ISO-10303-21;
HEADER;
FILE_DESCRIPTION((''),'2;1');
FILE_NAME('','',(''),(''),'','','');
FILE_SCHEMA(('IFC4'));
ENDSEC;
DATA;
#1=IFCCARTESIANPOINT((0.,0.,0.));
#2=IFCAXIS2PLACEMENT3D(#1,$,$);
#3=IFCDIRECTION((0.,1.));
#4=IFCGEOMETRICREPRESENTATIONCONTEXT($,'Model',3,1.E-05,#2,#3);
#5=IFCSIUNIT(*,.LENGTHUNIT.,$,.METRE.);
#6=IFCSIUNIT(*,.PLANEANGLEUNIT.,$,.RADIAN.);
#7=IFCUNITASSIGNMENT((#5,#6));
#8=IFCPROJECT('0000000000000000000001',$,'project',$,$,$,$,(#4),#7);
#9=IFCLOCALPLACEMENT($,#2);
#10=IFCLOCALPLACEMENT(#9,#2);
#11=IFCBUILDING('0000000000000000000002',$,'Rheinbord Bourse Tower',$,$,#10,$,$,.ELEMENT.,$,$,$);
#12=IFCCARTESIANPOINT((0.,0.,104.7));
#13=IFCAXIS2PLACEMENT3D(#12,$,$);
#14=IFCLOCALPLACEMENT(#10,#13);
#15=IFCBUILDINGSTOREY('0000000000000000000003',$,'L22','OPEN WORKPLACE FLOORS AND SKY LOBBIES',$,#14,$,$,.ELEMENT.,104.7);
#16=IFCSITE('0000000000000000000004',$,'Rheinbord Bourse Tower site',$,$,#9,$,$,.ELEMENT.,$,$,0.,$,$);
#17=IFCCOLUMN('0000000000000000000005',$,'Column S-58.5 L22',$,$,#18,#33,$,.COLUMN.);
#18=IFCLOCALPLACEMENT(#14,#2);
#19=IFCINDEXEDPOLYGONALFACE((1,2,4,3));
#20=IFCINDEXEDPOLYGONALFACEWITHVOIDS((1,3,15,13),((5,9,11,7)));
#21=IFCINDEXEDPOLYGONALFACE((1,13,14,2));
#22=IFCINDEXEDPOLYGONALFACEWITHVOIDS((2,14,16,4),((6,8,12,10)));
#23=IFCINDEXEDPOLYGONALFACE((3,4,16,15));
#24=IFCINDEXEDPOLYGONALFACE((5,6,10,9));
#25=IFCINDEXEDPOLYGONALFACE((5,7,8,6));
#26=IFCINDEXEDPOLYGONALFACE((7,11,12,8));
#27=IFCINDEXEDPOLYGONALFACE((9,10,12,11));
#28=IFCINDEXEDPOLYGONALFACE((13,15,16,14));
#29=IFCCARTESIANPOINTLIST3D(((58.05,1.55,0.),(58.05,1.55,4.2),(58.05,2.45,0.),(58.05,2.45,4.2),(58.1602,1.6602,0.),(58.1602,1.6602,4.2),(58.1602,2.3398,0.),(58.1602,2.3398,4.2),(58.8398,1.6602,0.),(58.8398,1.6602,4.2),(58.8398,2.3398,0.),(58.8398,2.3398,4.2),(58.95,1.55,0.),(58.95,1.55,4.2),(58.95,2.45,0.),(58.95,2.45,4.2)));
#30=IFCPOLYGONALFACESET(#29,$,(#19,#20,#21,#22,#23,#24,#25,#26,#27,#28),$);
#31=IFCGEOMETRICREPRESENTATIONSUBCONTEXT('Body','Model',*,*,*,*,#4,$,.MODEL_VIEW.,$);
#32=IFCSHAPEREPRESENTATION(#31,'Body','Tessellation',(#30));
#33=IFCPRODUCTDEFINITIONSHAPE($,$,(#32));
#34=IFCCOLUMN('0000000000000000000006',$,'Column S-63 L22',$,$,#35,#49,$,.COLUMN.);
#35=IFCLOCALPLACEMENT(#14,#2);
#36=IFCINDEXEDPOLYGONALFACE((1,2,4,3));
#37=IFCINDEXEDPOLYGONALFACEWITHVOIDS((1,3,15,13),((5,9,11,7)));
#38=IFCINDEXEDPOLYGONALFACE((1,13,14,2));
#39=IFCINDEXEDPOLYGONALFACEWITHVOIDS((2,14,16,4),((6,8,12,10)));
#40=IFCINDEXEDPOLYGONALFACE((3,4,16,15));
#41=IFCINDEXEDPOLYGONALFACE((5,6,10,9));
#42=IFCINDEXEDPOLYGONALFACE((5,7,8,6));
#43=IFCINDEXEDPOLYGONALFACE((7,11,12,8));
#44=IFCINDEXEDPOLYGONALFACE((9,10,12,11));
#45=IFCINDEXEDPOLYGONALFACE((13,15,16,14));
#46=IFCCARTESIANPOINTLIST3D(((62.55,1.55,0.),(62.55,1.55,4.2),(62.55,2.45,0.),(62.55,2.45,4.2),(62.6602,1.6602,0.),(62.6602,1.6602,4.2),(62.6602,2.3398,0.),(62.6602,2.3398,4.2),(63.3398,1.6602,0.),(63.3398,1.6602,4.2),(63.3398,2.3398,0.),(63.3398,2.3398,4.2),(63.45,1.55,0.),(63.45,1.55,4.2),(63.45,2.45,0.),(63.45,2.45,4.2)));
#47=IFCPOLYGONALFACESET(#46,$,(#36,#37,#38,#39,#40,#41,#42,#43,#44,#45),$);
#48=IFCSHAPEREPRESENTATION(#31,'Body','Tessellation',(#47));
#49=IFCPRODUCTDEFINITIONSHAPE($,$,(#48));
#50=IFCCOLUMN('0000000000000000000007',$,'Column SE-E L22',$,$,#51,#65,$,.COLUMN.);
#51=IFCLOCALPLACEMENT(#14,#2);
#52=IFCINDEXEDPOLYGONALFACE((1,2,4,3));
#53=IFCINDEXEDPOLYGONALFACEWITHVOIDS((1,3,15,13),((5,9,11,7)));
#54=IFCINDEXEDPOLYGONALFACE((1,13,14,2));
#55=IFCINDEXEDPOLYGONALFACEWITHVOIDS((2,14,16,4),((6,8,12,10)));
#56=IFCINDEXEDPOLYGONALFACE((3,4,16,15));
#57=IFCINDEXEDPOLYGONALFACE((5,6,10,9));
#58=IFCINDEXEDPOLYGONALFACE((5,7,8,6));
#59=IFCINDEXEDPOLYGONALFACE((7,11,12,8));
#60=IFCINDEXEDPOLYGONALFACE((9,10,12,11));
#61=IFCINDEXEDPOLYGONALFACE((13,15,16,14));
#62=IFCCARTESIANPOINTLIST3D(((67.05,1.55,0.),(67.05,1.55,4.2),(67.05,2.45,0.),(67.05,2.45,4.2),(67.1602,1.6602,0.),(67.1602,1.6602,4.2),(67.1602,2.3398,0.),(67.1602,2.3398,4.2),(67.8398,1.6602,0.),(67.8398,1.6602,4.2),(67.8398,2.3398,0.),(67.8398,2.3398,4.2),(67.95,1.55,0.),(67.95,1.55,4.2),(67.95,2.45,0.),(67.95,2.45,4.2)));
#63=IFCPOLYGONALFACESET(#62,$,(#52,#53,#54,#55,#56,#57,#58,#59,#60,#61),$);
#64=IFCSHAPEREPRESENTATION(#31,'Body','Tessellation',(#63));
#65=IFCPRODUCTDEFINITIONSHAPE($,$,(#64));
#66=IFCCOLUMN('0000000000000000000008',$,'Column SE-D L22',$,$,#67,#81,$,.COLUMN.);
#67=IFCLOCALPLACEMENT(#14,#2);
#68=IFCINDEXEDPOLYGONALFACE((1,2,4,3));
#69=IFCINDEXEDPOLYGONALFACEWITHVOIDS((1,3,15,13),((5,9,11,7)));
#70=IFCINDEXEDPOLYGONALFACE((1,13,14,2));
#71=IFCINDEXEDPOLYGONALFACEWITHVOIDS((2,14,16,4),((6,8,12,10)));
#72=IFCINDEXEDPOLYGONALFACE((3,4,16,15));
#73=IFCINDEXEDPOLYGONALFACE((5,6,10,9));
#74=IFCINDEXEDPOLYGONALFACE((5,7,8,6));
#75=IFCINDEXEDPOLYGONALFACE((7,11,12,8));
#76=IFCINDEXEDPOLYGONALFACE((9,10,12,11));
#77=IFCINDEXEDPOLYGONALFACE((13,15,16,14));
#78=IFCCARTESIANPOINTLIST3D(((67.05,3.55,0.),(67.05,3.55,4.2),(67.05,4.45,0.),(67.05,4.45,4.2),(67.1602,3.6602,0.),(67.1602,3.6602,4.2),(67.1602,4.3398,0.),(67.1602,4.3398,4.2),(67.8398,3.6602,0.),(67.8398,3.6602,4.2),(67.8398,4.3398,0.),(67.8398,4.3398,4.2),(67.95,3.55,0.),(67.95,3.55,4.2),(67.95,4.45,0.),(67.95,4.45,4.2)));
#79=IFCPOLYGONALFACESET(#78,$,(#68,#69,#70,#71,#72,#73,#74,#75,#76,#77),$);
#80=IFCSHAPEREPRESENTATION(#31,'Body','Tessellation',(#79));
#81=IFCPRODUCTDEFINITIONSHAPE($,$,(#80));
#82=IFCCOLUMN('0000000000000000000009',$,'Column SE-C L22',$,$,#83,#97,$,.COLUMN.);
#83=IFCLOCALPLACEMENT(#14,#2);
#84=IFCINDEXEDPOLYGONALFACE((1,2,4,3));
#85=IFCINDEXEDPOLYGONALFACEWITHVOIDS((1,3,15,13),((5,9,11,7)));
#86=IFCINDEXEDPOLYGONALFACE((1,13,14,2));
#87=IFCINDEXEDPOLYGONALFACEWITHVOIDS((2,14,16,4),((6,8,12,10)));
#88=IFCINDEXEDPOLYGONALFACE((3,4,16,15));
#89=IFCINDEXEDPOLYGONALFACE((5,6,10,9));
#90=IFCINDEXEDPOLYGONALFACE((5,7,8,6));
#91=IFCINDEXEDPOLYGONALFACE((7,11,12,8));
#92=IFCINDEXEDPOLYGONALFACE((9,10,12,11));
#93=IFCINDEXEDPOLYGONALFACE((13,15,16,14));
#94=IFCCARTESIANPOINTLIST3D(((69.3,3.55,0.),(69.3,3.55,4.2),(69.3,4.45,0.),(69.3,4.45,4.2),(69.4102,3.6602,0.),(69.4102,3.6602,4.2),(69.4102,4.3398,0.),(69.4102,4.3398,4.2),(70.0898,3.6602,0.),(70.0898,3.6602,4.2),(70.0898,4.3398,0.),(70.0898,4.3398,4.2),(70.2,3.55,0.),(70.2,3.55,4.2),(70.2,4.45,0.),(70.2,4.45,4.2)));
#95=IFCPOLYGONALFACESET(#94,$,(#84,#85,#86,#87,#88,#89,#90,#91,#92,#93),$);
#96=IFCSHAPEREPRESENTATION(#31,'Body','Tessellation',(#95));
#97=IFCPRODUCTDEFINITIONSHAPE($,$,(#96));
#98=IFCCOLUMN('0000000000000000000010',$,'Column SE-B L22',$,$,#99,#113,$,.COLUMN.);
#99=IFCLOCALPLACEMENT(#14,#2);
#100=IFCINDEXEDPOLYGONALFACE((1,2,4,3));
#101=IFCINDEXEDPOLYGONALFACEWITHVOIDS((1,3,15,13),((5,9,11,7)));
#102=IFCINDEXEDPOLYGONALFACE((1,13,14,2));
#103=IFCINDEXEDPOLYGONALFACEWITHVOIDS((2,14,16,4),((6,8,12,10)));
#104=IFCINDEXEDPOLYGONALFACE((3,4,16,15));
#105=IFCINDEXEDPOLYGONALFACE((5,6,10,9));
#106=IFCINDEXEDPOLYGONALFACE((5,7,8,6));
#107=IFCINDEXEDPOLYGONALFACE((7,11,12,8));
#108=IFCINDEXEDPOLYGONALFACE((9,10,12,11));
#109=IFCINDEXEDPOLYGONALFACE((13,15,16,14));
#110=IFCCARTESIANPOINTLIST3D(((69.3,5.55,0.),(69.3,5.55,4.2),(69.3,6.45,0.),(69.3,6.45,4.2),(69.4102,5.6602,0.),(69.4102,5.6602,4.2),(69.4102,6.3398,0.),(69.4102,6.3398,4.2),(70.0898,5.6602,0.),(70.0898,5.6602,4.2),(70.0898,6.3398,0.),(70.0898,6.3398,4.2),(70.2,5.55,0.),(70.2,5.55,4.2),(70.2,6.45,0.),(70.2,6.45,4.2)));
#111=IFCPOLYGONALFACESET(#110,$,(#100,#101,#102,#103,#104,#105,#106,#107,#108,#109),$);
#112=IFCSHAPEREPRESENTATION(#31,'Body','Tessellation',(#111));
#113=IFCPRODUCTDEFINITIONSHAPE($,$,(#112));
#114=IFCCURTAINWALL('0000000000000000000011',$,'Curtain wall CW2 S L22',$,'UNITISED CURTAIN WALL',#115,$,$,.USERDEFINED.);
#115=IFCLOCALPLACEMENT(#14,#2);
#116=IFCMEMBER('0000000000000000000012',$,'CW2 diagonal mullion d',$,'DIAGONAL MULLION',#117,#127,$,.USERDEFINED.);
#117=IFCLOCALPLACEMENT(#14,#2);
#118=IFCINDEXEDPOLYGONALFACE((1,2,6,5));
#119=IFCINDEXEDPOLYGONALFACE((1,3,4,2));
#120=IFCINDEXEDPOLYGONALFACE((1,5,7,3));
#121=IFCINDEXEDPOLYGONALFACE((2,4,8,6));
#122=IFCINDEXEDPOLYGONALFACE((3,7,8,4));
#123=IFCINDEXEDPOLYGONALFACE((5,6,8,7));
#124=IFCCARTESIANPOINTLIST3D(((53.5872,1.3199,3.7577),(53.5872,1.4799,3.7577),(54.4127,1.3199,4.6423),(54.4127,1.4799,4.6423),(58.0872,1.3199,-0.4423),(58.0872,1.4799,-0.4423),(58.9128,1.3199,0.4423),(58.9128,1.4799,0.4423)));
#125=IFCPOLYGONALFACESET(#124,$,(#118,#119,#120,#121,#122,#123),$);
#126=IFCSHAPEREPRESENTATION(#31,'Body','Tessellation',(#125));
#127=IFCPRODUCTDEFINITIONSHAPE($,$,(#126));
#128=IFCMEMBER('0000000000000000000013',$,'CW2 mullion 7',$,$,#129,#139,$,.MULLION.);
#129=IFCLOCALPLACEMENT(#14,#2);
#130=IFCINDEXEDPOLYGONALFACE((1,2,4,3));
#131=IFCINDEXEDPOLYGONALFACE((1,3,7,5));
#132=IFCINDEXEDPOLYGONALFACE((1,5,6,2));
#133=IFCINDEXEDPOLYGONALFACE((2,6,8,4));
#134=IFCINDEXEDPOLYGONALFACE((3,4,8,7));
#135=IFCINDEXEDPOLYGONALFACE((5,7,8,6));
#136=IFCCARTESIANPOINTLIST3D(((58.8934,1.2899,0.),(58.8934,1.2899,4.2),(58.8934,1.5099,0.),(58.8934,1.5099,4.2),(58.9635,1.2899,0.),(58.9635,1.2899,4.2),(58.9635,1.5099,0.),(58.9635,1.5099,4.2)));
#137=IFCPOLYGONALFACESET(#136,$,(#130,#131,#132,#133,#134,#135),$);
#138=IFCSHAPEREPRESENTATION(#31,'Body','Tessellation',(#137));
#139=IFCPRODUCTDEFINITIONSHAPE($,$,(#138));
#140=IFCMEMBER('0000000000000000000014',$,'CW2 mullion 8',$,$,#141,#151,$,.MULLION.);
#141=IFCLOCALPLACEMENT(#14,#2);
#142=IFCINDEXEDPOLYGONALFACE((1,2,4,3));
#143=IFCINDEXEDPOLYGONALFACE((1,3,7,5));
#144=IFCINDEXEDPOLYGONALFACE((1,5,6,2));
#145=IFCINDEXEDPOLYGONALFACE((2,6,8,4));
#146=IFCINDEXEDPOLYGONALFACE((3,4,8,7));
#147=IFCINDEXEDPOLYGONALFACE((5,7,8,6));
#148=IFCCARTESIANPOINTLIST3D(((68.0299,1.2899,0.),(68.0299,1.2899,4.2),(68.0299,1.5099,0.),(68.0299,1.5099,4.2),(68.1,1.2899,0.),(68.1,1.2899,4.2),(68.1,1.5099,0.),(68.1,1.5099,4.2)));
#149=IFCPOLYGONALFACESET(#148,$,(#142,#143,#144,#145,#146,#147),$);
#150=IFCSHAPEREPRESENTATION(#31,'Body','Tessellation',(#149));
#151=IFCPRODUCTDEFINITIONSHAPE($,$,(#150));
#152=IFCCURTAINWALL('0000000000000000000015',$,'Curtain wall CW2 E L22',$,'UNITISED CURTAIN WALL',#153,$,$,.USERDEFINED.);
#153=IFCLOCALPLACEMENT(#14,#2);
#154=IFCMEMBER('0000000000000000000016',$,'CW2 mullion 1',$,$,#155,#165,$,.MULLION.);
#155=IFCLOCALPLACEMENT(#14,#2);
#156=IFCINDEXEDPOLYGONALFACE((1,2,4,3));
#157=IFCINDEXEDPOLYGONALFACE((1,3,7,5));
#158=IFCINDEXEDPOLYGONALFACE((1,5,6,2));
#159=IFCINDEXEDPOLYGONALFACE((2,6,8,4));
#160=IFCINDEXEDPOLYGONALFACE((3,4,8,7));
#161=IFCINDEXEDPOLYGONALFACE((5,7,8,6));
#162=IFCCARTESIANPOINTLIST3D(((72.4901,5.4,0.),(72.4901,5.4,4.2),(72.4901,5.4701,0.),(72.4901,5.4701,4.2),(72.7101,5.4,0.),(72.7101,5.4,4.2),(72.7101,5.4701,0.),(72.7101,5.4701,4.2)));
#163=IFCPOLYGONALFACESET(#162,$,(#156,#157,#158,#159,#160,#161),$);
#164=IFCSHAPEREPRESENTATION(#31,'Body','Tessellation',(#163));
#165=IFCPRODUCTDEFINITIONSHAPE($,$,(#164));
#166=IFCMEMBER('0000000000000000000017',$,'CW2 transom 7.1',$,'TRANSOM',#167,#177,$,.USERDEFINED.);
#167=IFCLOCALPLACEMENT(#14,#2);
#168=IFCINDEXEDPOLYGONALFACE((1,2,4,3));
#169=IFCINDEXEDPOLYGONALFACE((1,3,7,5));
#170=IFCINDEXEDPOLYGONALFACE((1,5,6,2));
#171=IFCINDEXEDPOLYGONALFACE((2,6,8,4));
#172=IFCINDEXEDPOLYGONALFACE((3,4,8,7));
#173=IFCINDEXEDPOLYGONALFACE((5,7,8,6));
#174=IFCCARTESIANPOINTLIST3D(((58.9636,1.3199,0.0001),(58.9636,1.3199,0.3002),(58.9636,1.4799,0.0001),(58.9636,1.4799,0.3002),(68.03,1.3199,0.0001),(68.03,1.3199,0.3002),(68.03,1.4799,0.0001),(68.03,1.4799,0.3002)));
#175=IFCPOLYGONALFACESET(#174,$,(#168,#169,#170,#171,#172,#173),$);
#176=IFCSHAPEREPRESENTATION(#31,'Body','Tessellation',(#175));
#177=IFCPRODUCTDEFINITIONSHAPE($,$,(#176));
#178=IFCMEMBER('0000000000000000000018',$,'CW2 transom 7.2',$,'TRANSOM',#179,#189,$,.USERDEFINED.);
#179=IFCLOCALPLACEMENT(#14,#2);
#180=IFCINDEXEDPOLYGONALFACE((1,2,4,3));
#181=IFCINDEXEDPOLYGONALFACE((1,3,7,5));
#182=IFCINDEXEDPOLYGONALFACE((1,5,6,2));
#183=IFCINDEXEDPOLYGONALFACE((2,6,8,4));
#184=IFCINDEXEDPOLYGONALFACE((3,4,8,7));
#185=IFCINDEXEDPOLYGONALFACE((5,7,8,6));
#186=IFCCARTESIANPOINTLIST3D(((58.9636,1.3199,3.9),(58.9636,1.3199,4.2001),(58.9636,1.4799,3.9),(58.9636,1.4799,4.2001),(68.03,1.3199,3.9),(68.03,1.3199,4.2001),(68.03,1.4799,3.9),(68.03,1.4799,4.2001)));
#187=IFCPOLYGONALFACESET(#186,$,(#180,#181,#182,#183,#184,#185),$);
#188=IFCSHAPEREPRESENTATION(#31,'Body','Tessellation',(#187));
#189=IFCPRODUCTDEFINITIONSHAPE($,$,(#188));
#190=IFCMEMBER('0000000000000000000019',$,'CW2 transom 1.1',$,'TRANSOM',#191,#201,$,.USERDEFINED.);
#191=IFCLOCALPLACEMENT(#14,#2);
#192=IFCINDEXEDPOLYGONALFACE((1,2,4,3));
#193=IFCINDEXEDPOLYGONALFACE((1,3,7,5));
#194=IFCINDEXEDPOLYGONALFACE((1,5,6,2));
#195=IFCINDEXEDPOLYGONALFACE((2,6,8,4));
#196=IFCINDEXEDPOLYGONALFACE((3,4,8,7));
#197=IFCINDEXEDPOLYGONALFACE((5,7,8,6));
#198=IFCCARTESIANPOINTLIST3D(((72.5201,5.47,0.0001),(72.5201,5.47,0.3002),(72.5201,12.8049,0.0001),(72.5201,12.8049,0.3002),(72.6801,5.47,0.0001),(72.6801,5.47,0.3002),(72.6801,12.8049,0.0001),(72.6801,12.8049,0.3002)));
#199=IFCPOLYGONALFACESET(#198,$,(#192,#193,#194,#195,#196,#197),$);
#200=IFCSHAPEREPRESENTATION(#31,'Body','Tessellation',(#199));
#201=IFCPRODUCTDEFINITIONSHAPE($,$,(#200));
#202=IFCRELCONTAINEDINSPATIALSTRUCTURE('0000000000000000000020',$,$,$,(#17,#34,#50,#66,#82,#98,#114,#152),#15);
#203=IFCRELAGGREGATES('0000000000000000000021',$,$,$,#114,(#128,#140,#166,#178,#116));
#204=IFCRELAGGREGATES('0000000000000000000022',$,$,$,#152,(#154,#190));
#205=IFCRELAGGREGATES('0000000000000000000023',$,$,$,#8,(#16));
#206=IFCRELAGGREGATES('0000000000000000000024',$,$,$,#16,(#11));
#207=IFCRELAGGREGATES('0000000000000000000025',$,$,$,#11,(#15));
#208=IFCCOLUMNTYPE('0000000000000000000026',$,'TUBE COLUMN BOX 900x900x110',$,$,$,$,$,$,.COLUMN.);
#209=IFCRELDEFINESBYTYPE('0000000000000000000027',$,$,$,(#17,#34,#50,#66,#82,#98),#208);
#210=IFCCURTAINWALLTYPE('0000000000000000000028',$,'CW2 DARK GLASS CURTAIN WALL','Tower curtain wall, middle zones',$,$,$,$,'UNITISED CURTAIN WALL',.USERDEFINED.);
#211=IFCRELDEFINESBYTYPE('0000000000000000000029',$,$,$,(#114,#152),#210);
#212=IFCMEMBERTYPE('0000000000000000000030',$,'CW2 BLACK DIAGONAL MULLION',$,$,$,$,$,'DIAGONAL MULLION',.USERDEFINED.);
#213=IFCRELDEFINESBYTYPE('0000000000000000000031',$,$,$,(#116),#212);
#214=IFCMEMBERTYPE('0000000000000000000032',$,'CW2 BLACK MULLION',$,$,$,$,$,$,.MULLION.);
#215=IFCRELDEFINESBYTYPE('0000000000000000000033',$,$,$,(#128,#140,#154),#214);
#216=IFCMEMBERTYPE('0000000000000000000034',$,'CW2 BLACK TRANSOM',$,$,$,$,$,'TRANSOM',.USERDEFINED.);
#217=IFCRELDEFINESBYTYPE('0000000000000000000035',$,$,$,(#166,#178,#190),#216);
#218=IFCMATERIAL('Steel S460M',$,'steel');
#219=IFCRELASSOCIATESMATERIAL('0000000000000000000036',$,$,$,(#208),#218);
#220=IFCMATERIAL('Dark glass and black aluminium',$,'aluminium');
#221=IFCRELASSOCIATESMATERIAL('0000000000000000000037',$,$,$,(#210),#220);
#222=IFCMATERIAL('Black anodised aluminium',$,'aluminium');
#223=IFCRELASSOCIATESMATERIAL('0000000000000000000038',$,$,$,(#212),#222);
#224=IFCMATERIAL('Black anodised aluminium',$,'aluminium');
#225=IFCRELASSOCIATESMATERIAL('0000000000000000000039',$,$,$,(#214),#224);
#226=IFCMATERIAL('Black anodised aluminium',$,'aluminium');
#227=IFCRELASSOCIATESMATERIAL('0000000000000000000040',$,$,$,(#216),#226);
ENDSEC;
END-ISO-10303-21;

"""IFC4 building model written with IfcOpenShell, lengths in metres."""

from ifc_helpers import new_model, si_unit, direction, frame, origin, origin_2d, place, context, subcontext, project, spatial, rectangle, hollow_rectangle, extrude, material, material_profile, profile_set, type_object, element, aggregate, save


model = new_model("IFC4")

# Units and contexts
model_context = context("Model", 3, precision=1e-05, world=origin(), true_north=direction((0.0, 1.0)))
body_context = subcontext(model_context, "Body", "Model", "MODEL_VIEW")
ifc_project = project(units=[si_unit("LENGTHUNIT", "METRE"), si_unit("PLANEANGLEUNIT", "RADIAN")], contexts=[model_context])

# Site, building, storey
site_placement = place(None, origin())
site = spatial("IfcSite", under=ifc_project, at=site_placement, Name="Rheinbord Bourse Tower site", CompositionType="ELEMENT", RefElevation=0.0)
building_placement = place(site_placement, origin())
building = spatial("IfcBuilding", under=site, at=building_placement, Name="Rheinbord Bourse Tower", CompositionType="ELEMENT")
storey_placement = place(building_placement, frame((0.0, 0.0, 104.7)))
storey = spatial("IfcBuildingStorey", under=building, at=storey_placement, Name="L22", Description="OPEN WORKPLACE FLOORS AND SKY LOBBIES", CompositionType="ELEMENT", Elevation=104.7)

# Columns
ifc_material_1 = material(Name="Steel S460M", Category="steel")
ifc_material_profile_1 = material_profile(ifc_material_1, hollow_rectangle(XDim=0.8999, YDim=0.8999, WallThickness=0.1101, at=origin_2d()), Name="BOX 900x900x110")
ifc_profile_set_1 = profile_set([ifc_material_profile_1], Name="Steel S460M")
column_type = type_object("IfcColumnType", Name="TUBE COLUMN BOX 900x900x110", PredefinedType="COLUMN", material=ifc_profile_set_1)
for number, where, z_axis, x_axis, name in (
    (1, (58.5, 2.0, 0.0), (0.0, 0.0, 1.0), (0.0, 1.0, 0.0), "Column S-58.5 L22"),
    (2, (63.0, 2.0, 0.0), (0.0, 0.0, 1.0), (0.0, 1.0, 0.0), "Column S-63 L22"),
    (3, (67.5, 2.0, 0.0), (0.0, 0.0, 1.0), (0.0, 1.0, 0.0), "Column SE-E L22"),
    (4, (67.5, 4.0, 0.0), (0.0, 0.0, 1.0), (0.0, 1.0, 0.0), "Column SE-D L22"),
    (5, (69.75, 4.0, 0.0), (0.0, 0.0, 1.0), (1.0, 0.0, 0.0), "Column SE-C L22"),
    (6, (69.75, 6.0, 0.0), (0.0, 0.0, 1.0), (1.0, 0.0, 0.0), "Column SE-B L22"),
):
    element("IfcColumn", number, at=place(storey_placement, frame(where, z_axis=z_axis, x_axis=x_axis)), inside=storey, type_object=column_type, Name=name, PredefinedType="COLUMN", context=body_context, shape_type="SweptSolid", body=[
        extrude(hollow_rectangle(XDim=0.8999, YDim=0.8999, WallThickness=0.1101, at=origin_2d()), origin(), (0.0, 0.0, 1.0), 4.2),
    ])

# Curtain wall, members
ifc_material_2 = material(Name="Dark glass and black aluminium", Category="aluminium")
curtain_wall_type = type_object("IfcCurtainWallType", Name="CW2 DARK GLASS CURTAIN WALL", Description="Tower curtain wall, middle zones", ElementType="UNITISED CURTAIN WALL", PredefinedType="USERDEFINED", material=ifc_material_2)
curtain_wall_1_placement = place(storey_placement, origin())
curtain_wall_1 = element("IfcCurtainWall", 7, at=curtain_wall_1_placement, inside=storey, type_object=curtain_wall_type, Name="Curtain wall CW2 S L22", ObjectType="UNITISED CURTAIN WALL", PredefinedType="USERDEFINED")
ifc_material_3 = material(Name="Black anodised aluminium", Category="aluminium")
ifc_material_profile_2 = material_profile(ifc_material_3, rectangle(XDim=0.1599, YDim=1.21, at=origin_2d()), Name="CW2 DIAGONAL MULLION 1210x160")
ifc_profile_set_2 = profile_set([ifc_material_profile_2], Name="Black anodised aluminium")
member_type_1 = type_object("IfcMemberType", Name="CW2 BLACK DIAGONAL MULLION", ElementType="DIAGONAL MULLION", PredefinedType="USERDEFINED", material=ifc_profile_set_2)
member_1_placement = place(storey_placement, frame((58.5, 1.3999, 0.0), z_axis=(-0.731059, 0.0, 0.682314), x_axis=(0.0, -1.0, 0.0)))
member_1 = element("IfcMember", 8, at=member_1_placement, type_object=member_type_1, Name="CW2 diagonal mullion d", ObjectType="DIAGONAL MULLION", PredefinedType="USERDEFINED", context=body_context, shape_type="SweptSolid", body=[
    extrude(rectangle(XDim=0.1599, YDim=1.21, at=origin_2d()), origin(), (0.0, 0.0, 1.0), 6.1555),
])
ifc_material_4 = material(Name="Black anodised aluminium", Category="aluminium")
ifc_material_profile_3 = material_profile(ifc_material_4, rectangle(XDim=0.22, YDim=0.0701, at=origin_2d()), Name="CW2 MULLION 70x220")
ifc_profile_set_3 = profile_set([ifc_material_profile_3], Name="Black anodised aluminium")
member_type_2 = type_object("IfcMemberType", Name="CW2 BLACK MULLION", PredefinedType="MULLION", material=ifc_profile_set_3)
member_2_placement = place(storey_placement, frame((58.9285, 1.3999, 0.0), z_axis=(0.0, 0.0, 1.0), x_axis=(0.0, 1.0, 0.0)))
member_2 = element("IfcMember", 9, at=member_2_placement, type_object=member_type_2, Name="CW2 mullion 7", PredefinedType="MULLION", context=body_context, shape_type="SweptSolid", body=[
    extrude(rectangle(XDim=0.22, YDim=0.0701, at=origin_2d()), origin(), (0.0, 0.0, 1.0), 4.2),
])
member_3_placement = place(storey_placement, frame((68.0649, 1.3999, 0.0), z_axis=(0.0, 0.0, 1.0), x_axis=(0.0, 1.0, 0.0)))
member_3 = element("IfcMember", 10, at=member_3_placement, type_object=member_type_2, Name="CW2 mullion 8", PredefinedType="MULLION", context=body_context, shape_type="SweptSolid", body=[
    extrude(rectangle(XDim=0.22, YDim=0.0701, at=origin_2d()), origin(), (0.0, 0.0, 1.0), 4.2),
])

# Curtain wall, member
curtain_wall_2_placement = place(storey_placement, origin())
curtain_wall_2 = element("IfcCurtainWall", 11, at=curtain_wall_2_placement, inside=storey, type_object=curtain_wall_type, Name="Curtain wall CW2 E L22", ObjectType="UNITISED CURTAIN WALL", PredefinedType="USERDEFINED")
member_4_placement = place(storey_placement, frame((72.6001, 5.4351, 0.0), z_axis=(0.0, 0.0, 1.0), x_axis=(-1.0, 0.0, 0.0)))
member_4 = element("IfcMember", 12, at=member_4_placement, type_object=member_type_2, Name="CW2 mullion 1", PredefinedType="MULLION", context=body_context, shape_type="SweptSolid", body=[
    extrude(rectangle(XDim=0.22, YDim=0.0701, at=origin_2d()), origin(), (0.0, 0.0, 1.0), 4.2),
])

# Members
ifc_material_5 = material(Name="Black anodised aluminium", Category="aluminium")
ifc_material_profile_4 = material_profile(ifc_material_5, rectangle(XDim=0.1599, YDim=0.3, at=origin_2d()), Name="CW2 TRANSOM 300x160")
ifc_profile_set_4 = profile_set([ifc_material_profile_4], Name="Black anodised aluminium")
member_type_3 = type_object("IfcMemberType", Name="CW2 BLACK TRANSOM", ElementType="TRANSOM", PredefinedType="USERDEFINED", material=ifc_profile_set_4)
member_5_placement = place(storey_placement, frame((58.9636, 1.3999, 0.1501), z_axis=(1.0, 0.0, 0.0), x_axis=(0.0, 1.0, 0.0)))
member_5 = element("IfcMember", 13, at=member_5_placement, type_object=member_type_3, Name="CW2 transom 7.1", ObjectType="TRANSOM", PredefinedType="USERDEFINED", context=body_context, shape_type="SweptSolid", body=[
    extrude(rectangle(XDim=0.1599, YDim=0.3, at=origin_2d()), origin(), (0.0, 0.0, 1.0), 9.0664),
])
member_6_placement = place(storey_placement, frame((58.9636, 1.3999, 4.05), z_axis=(1.0, 0.0, 0.0), x_axis=(0.0, 1.0, 0.0)))
member_6 = element("IfcMember", 14, at=member_6_placement, type_object=member_type_3, Name="CW2 transom 7.2", ObjectType="TRANSOM", PredefinedType="USERDEFINED", context=body_context, shape_type="SweptSolid", body=[
    extrude(rectangle(XDim=0.1599, YDim=0.3, at=origin_2d()), origin(), (0.0, 0.0, 1.0), 9.0664),
])
member_7_placement = place(storey_placement, frame((72.6001, 5.47, 0.1501), z_axis=(0.0, 1.0, 0.0), x_axis=(-1.0, 0.0, 0.0)))
member_7 = element("IfcMember", 15, at=member_7_placement, type_object=member_type_3, Name="CW2 transom 1.1", ObjectType="TRANSOM", PredefinedType="USERDEFINED", context=body_context, shape_type="SweptSolid", body=[
    extrude(rectangle(XDim=0.1599, YDim=0.3, at=origin_2d()), origin(), (0.0, 0.0, 1.0), 7.335),
])

aggregate(curtain_wall_1, [member_2, member_3, member_5, member_6, member_1])
aggregate(curtain_wall_2, [member_4, member_7])

save(model, "model.ifc")
